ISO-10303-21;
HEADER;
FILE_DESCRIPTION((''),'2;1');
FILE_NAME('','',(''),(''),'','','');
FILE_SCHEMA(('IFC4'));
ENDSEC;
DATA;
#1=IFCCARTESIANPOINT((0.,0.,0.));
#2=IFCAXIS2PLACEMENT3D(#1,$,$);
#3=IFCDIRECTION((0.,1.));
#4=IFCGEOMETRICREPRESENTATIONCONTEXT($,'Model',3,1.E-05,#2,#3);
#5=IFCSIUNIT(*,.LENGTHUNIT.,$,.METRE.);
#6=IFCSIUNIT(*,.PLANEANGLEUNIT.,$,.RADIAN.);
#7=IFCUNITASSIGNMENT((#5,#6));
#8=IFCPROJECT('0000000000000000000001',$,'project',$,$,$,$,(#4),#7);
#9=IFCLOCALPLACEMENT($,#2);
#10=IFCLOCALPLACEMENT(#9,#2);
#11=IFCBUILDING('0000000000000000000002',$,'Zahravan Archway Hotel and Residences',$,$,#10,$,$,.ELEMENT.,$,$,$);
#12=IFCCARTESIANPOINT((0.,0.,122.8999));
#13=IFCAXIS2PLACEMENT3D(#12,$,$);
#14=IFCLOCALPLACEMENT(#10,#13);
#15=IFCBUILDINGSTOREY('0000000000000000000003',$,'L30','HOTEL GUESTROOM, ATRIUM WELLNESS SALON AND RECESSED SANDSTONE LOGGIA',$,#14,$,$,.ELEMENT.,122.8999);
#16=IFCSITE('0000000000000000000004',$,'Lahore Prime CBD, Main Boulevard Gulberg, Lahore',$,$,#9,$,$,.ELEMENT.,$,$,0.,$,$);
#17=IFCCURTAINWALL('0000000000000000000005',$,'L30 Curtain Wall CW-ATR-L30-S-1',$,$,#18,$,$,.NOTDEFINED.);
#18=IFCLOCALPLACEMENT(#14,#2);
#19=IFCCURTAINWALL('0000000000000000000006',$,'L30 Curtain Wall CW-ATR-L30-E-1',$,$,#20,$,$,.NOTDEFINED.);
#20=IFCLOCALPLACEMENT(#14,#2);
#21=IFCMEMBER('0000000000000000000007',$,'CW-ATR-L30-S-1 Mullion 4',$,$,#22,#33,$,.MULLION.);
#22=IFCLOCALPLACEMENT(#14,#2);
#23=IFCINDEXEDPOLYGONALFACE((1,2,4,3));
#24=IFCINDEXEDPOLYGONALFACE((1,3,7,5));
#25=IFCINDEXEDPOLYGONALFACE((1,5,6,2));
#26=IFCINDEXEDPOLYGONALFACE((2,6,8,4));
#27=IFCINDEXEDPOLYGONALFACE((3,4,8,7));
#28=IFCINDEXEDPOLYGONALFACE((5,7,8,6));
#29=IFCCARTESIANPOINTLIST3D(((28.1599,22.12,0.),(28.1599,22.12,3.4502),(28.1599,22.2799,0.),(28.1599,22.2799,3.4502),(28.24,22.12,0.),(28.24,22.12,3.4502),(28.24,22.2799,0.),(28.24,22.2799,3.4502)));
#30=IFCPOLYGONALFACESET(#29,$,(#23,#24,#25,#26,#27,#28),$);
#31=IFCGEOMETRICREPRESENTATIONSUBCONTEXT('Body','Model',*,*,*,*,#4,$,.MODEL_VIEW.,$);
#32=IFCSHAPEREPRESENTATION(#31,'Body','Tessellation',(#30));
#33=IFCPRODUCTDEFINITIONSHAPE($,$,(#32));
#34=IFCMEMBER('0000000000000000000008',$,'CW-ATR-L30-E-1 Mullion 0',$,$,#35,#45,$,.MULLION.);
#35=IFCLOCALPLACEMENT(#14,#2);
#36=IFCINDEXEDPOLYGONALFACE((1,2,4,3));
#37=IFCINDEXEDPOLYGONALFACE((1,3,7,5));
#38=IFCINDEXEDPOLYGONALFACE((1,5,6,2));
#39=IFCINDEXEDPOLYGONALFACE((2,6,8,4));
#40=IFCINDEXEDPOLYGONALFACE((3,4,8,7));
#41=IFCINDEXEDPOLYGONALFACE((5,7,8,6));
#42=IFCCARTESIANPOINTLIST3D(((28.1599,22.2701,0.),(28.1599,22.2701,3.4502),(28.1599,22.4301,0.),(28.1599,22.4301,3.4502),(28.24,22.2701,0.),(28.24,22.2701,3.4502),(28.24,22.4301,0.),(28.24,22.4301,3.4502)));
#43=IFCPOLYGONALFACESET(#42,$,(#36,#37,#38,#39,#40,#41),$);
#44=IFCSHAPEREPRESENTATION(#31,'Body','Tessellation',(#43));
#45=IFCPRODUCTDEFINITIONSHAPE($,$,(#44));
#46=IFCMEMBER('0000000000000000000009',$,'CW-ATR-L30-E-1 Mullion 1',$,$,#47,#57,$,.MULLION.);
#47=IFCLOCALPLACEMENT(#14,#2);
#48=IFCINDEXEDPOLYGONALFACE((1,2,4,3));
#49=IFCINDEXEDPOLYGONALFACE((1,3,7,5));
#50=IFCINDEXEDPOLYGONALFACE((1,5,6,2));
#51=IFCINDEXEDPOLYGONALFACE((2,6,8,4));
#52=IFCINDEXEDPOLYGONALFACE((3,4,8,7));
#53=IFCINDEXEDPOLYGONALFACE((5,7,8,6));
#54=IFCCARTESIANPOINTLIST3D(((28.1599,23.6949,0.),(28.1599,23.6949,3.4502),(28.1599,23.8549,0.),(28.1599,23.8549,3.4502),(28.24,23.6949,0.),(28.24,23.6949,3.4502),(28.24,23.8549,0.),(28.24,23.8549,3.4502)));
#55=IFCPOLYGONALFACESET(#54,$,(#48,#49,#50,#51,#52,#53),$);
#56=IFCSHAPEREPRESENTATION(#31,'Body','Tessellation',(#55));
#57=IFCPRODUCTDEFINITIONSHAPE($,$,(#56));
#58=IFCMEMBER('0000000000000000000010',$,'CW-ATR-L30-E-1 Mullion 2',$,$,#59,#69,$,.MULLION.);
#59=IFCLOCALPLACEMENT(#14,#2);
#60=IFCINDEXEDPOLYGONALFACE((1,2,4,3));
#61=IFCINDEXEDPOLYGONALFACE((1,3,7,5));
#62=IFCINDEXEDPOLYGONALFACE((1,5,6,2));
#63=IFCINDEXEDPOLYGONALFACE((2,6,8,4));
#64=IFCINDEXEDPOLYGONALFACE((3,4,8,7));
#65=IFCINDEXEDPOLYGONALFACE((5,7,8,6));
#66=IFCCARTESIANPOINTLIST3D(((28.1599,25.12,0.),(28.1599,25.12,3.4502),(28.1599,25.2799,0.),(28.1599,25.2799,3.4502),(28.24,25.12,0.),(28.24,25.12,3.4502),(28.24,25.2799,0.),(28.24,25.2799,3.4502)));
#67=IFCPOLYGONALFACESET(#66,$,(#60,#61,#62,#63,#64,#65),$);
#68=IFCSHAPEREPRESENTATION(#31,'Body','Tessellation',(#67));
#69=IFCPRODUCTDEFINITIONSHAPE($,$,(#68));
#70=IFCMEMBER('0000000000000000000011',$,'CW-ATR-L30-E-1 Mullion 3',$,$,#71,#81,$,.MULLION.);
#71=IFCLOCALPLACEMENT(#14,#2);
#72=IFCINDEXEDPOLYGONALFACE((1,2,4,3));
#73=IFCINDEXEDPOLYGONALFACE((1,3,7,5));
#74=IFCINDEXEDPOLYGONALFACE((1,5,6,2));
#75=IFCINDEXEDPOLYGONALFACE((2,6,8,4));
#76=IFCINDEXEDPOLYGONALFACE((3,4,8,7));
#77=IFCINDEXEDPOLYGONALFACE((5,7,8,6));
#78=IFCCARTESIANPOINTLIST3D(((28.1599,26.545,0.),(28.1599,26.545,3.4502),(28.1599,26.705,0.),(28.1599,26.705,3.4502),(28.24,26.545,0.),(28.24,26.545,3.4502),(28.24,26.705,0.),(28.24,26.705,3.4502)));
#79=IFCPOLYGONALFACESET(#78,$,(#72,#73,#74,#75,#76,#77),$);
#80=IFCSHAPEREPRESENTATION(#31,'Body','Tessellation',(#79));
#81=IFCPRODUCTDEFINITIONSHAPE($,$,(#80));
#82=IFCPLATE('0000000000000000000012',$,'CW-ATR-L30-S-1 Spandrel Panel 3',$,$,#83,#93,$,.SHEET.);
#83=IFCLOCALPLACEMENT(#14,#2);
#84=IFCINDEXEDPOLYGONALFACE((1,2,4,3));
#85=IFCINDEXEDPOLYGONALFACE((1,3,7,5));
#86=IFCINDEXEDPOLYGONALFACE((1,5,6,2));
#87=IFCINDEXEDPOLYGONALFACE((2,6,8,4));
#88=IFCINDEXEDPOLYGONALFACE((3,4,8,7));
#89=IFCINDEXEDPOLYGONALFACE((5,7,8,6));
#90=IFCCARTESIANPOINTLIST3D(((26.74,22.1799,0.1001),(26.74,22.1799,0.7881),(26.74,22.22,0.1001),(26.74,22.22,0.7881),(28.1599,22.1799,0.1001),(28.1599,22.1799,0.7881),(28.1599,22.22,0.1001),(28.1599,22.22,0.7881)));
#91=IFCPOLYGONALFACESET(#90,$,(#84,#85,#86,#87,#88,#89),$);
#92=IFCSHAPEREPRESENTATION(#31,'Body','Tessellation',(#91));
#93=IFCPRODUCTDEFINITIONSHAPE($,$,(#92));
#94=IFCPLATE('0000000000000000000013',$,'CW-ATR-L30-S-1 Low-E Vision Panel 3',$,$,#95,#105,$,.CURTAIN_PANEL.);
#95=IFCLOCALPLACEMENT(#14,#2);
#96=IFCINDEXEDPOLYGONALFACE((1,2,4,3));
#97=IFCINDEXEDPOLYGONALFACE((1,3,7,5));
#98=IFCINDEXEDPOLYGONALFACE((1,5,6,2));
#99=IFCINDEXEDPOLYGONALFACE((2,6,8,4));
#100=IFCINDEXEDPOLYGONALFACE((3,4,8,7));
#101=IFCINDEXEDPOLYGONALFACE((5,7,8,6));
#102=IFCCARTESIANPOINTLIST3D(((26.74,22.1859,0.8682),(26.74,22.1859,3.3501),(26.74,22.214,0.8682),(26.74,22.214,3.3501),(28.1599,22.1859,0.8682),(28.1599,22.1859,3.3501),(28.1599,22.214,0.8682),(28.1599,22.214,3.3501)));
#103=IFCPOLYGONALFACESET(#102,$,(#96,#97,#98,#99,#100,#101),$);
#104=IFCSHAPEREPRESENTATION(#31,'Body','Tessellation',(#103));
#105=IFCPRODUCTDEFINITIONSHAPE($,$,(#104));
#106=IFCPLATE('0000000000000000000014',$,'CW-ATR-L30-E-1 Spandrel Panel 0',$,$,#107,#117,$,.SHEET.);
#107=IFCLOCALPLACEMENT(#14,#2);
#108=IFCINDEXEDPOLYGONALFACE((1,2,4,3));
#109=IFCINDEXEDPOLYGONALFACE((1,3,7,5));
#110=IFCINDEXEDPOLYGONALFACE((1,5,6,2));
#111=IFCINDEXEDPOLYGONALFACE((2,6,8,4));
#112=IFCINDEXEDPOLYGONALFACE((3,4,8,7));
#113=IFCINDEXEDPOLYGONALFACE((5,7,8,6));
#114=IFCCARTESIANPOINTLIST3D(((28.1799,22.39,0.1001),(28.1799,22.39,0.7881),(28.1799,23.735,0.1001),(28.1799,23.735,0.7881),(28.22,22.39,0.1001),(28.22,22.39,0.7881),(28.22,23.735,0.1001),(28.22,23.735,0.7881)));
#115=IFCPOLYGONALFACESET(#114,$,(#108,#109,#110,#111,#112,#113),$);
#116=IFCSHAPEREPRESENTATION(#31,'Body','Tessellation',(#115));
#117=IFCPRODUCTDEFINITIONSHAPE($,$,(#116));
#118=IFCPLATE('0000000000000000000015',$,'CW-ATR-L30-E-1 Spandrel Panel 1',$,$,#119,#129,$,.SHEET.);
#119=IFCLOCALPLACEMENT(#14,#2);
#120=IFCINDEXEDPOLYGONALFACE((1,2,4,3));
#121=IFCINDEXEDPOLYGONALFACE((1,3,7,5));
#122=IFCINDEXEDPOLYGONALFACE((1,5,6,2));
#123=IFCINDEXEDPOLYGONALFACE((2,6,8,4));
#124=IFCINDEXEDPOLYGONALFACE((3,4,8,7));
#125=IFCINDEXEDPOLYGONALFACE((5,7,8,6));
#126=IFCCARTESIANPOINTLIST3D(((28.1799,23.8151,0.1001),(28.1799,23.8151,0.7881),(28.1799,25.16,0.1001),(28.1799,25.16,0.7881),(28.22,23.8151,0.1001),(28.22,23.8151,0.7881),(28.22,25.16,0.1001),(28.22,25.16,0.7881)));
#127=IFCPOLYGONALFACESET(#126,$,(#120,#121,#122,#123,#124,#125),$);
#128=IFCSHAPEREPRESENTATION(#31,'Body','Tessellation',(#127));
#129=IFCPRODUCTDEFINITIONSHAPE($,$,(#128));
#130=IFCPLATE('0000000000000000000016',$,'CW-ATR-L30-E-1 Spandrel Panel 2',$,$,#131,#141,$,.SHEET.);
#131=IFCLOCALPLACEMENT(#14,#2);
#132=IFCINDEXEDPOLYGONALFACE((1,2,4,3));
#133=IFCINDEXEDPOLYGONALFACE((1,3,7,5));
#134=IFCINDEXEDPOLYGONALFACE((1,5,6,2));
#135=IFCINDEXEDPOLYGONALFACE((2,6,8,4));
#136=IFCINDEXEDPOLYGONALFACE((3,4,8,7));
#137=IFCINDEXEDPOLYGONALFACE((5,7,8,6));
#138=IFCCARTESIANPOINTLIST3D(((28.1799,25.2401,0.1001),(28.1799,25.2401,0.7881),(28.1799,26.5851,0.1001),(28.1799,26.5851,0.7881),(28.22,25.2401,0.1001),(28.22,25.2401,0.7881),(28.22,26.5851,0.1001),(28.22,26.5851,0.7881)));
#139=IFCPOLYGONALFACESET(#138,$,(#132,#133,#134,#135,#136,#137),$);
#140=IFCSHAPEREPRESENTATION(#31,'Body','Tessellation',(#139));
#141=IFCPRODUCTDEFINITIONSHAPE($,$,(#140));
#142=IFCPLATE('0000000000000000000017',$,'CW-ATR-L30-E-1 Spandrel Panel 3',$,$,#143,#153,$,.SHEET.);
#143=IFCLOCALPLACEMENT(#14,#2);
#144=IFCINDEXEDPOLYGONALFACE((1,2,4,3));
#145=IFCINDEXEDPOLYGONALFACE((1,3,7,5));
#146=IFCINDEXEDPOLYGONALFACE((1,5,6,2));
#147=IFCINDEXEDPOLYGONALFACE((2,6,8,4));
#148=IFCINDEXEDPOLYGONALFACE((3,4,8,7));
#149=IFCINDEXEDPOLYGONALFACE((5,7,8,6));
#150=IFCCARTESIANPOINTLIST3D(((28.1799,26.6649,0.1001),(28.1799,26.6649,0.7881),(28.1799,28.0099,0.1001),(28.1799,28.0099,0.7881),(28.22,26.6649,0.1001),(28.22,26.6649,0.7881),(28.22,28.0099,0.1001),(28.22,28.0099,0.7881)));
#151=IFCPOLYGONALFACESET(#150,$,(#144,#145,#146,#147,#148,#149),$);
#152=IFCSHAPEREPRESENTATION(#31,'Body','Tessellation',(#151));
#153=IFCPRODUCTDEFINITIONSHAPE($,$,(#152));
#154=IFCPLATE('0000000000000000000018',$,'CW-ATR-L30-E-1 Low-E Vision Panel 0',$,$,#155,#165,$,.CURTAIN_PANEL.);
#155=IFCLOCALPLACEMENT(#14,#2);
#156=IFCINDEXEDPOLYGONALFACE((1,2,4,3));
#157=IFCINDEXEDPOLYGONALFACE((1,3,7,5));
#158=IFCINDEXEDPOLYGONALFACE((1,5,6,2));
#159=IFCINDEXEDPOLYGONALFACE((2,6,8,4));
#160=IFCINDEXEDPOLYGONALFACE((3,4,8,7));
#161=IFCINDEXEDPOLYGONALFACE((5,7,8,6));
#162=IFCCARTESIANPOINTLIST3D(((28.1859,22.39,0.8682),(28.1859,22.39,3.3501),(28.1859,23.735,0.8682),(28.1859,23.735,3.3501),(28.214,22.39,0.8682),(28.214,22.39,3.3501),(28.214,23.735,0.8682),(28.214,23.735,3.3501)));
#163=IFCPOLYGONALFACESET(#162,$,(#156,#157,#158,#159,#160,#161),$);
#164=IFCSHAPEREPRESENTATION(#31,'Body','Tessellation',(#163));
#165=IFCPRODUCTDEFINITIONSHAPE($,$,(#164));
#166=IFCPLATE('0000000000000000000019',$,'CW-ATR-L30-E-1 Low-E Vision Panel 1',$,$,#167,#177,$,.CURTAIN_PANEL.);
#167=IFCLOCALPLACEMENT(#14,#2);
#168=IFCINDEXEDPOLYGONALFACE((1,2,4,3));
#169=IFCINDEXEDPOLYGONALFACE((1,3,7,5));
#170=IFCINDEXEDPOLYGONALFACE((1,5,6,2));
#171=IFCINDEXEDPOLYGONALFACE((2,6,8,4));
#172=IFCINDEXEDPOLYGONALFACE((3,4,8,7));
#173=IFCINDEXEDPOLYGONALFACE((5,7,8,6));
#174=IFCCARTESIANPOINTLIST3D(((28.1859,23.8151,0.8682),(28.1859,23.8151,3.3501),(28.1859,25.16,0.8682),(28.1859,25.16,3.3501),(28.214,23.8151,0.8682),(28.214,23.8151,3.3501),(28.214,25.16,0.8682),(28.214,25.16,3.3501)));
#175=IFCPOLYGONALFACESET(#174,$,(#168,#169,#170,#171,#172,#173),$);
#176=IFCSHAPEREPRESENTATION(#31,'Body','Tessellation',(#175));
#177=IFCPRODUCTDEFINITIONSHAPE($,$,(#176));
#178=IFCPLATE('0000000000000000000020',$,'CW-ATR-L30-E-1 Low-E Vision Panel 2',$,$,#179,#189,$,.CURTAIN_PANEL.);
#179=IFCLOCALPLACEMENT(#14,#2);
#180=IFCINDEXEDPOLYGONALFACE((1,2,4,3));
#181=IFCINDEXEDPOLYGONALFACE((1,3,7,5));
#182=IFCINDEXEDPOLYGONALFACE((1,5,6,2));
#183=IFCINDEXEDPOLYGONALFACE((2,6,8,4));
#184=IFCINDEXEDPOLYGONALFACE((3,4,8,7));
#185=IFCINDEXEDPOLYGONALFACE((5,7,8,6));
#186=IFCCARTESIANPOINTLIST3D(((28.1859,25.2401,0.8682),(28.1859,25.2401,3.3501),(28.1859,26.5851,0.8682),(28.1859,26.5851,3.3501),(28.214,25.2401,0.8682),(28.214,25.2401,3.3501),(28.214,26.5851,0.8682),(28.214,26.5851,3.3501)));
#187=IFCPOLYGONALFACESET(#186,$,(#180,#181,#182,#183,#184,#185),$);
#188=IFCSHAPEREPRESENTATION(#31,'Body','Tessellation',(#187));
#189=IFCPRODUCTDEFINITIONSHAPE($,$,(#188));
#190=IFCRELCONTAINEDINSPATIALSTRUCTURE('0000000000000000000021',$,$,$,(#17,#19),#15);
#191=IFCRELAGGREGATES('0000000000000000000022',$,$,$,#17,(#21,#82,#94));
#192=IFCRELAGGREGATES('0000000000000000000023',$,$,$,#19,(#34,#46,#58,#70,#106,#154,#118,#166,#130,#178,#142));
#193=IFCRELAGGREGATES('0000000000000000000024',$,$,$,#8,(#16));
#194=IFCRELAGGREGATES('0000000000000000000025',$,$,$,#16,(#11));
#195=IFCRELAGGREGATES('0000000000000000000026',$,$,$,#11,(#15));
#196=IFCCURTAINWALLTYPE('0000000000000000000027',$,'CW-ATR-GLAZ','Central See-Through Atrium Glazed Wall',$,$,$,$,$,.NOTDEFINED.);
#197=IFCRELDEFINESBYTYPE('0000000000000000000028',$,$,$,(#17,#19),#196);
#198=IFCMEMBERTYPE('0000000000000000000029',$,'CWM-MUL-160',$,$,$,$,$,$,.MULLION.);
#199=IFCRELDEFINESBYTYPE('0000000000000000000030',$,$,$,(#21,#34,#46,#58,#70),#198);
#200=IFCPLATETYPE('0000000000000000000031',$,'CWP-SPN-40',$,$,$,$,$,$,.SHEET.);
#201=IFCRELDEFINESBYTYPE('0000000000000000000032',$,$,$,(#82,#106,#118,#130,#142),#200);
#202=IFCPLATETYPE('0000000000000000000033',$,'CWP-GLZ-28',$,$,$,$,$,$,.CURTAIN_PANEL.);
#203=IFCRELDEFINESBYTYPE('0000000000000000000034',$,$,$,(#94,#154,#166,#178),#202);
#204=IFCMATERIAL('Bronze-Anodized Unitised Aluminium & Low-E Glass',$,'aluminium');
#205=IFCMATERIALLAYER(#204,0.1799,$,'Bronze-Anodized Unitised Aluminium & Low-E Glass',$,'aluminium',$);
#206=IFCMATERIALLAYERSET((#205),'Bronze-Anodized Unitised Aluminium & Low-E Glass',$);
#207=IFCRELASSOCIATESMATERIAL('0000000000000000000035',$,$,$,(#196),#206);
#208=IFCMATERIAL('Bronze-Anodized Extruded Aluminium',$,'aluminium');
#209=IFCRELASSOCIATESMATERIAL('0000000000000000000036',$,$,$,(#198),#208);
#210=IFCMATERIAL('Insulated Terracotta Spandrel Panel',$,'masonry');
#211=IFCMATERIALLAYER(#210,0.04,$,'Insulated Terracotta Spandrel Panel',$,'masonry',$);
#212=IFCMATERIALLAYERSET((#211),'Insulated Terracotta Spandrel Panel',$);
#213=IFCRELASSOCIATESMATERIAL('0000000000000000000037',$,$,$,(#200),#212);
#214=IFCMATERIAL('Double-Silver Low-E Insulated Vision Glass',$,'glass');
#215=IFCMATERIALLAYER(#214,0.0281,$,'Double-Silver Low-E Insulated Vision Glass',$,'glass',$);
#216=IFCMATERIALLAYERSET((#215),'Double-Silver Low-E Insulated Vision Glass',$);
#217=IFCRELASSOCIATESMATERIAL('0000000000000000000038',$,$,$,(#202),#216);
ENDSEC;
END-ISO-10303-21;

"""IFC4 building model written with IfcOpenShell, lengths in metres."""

from ifc_helpers import new_model, si_unit, direction, frame, origin, origin_2d, place, context, subcontext, project, spatial, rectangle, extrude, source, transform, mapped, material, layer, layer_set, material_profile, profile_set, type_object, element, aggregate, save


model = new_model("IFC4")

# Units and contexts
model_context = context("Model", 3, precision=1e-05, world=origin(), true_north=direction((0.0, 1.0)))
body_context = subcontext(model_context, "Body", "Model", "MODEL_VIEW")
ifc_project = project(units=[si_unit("LENGTHUNIT", "METRE"), si_unit("PLANEANGLEUNIT", "RADIAN")], contexts=[model_context])

# Site, building, storey
site_placement = place(None, origin())
site = spatial("IfcSite", under=ifc_project, at=site_placement, Name="Lahore Prime CBD, Main Boulevard Gulberg, Lahore", CompositionType="ELEMENT", RefElevation=0.0)
building_placement = place(site_placement, origin())
building = spatial("IfcBuilding", under=site, at=building_placement, Name="Zahravan Archway Hotel and Residences", CompositionType="ELEMENT")
storey_placement = place(building_placement, frame((0.0, 0.0, 122.8999)))
storey = spatial("IfcBuildingStorey", under=building, at=storey_placement, Name="L30", Description="HOTEL GUESTROOM, ATRIUM WELLNESS SALON AND RECESSED SANDSTONE LOGGIA", CompositionType="ELEMENT", Elevation=122.8999)

# Curtain walls
ifc_material_1 = material(Name="Bronze-Anodized Unitised Aluminium & Low-E Glass", Category="aluminium")
ifc_layer_1 = layer(ifc_material_1, 0.1799, Name="Bronze-Anodized Unitised Aluminium & Low-E Glass", Category="aluminium")
ifc_layer_set_1 = layer_set([ifc_layer_1], Name="Bronze-Anodized Unitised Aluminium & Low-E Glass")
curtain_wall_type = type_object("IfcCurtainWallType", Name="CW-ATR-GLAZ", Description="Central See-Through Atrium Glazed Wall", PredefinedType="NOTDEFINED", material=ifc_layer_set_1)
curtain_wall_1_placement = place(storey_placement, origin())
curtain_wall_1 = element("IfcCurtainWall", 1, at=curtain_wall_1_placement, inside=storey, type_object=curtain_wall_type, Name="L30 Curtain Wall CW-ATR-L30-S-1", PredefinedType="NOTDEFINED")
ifc_material_2 = material(Name="Bronze-Anodized Extruded Aluminium", Category="aluminium")
curtain_wall_2_placement = place(storey_placement, origin())
curtain_wall_2 = element("IfcCurtainWall", 2, at=curtain_wall_2_placement, inside=storey, type_object=curtain_wall_type, Name="L30 Curtain Wall CW-ATR-L30-E-1", PredefinedType="NOTDEFINED")

# Members
ifc_material_profile_1 = material_profile(ifc_material_2, rectangle(XDim=0.0801, YDim=0.1599, at=origin_2d()), Name="MUL 80x160", Category="aluminium")
ifc_profile_set_1 = profile_set([ifc_material_profile_1], Name="Bronze-Anodized Extruded Aluminium")
member_type_1 = type_object("IfcMemberType", Name="CWM-MUL-160", PredefinedType="MULLION", material=ifc_profile_set_1)
shared_shape_1 = source(origin(), body_context, "Body", "SweptSolid", [
    extrude(rectangle(XDim=0.0801, YDim=0.1599, at=origin_2d()), origin(), (0.0, 0.0, 1.0), 3.4502),
])
member_1_placement = place(storey_placement, frame((28.2, 22.2, 0.0), z_axis=(0.0, 0.0, 1.0), x_axis=(1.0, 0.0, 0.0)))
member_1 = element("IfcMember", 3, at=member_1_placement, type_object=member_type_1, Name="CW-ATR-L30-S-1 Mullion 4", PredefinedType="MULLION", context=body_context, shape_type="MappedRepresentation", body=[
    mapped(shared_shape_1, transform((0.0, 0.0, 0.0), scale=1.0)),
])
member_2_placement = place(storey_placement, frame((28.2, 22.3501, 0.0), z_axis=(0.0, 0.0, 1.0), x_axis=(1.0, 0.0, 0.0)))
member_2 = element("IfcMember", 4, at=member_2_placement, type_object=member_type_1, Name="CW-ATR-L30-E-1 Mullion 0", PredefinedType="MULLION", context=body_context, shape_type="MappedRepresentation", body=[
    mapped(shared_shape_1, transform((0.0, 0.0, 0.0), scale=1.0)),
])
member_3_placement = place(storey_placement, frame((28.2, 23.7749, 0.0), z_axis=(0.0, 0.0, 1.0), x_axis=(1.0, 0.0, 0.0)))
member_3 = element("IfcMember", 5, at=member_3_placement, type_object=member_type_1, Name="CW-ATR-L30-E-1 Mullion 1", PredefinedType="MULLION", context=body_context, shape_type="MappedRepresentation", body=[
    mapped(shared_shape_1, transform((0.0, 0.0, 0.0), scale=1.0)),
])
member_4_placement = place(storey_placement, frame((28.2, 25.2, 0.0), z_axis=(0.0, 0.0, 1.0), x_axis=(1.0, 0.0, 0.0)))
member_4 = element("IfcMember", 6, at=member_4_placement, type_object=member_type_1, Name="CW-ATR-L30-E-1 Mullion 2", PredefinedType="MULLION", context=body_context, shape_type="MappedRepresentation", body=[
    mapped(shared_shape_1, transform((0.0, 0.0, 0.0), scale=1.0)),
])
member_5_placement = place(storey_placement, frame((28.2, 26.625, 0.0), z_axis=(0.0, 0.0, 1.0), x_axis=(1.0, 0.0, 0.0)))
member_5 = element("IfcMember", 7, at=member_5_placement, type_object=member_type_1, Name="CW-ATR-L30-E-1 Mullion 3", PredefinedType="MULLION", context=body_context, shape_type="MappedRepresentation", body=[
    mapped(shared_shape_1, transform((0.0, 0.0, 0.0), scale=1.0)),
])

# Plates
ifc_material_3 = material(Name="Insulated Terracotta Spandrel Panel", Category="masonry")
ifc_layer_2 = layer(ifc_material_3, 0.04, Name="Insulated Terracotta Spandrel Panel", Category="masonry")
ifc_layer_set_2 = layer_set([ifc_layer_2], Name="Insulated Terracotta Spandrel Panel")
plate_type_1 = type_object("IfcPlateType", Name="CWP-SPN-40", PredefinedType="SHEET", material=ifc_layer_set_2)
shared_shape_2 = source(origin(), body_context, "Body", "SweptSolid", [
    extrude(rectangle(XDim=1.4199, YDim=0.04, at=origin_2d()), origin(), (0.0, 0.0, 1.0), 0.688),
])
plate_1_placement = place(storey_placement, frame((27.45, 22.2, 0.1001), z_axis=(0.0, 0.0, 1.0), x_axis=(1.0, 0.0, 0.0)))
plate_1 = element("IfcPlate", 8, at=plate_1_placement, type_object=plate_type_1, Name="CW-ATR-L30-S-1 Spandrel Panel 3", PredefinedType="SHEET", context=body_context, shape_type="MappedRepresentation", body=[
    mapped(shared_shape_2, transform((0.0, 0.0, 0.0), scale=1.0)),
])
ifc_material_4 = material(Name="Double-Silver Low-E Insulated Vision Glass", Category="glass")
ifc_layer_3 = layer(ifc_material_4, 0.0281, Name="Double-Silver Low-E Insulated Vision Glass", Category="glass")
ifc_layer_set_3 = layer_set([ifc_layer_3], Name="Double-Silver Low-E Insulated Vision Glass")
plate_type_2 = type_object("IfcPlateType", Name="CWP-GLZ-28", PredefinedType="CURTAIN_PANEL", material=ifc_layer_set_3)
shared_shape_3 = source(origin(), body_context, "Body", "SweptSolid", [
    extrude(rectangle(XDim=1.4199, YDim=0.0281, at=origin_2d()), origin(), (0.0, 0.0, 1.0), 2.4819),
])
plate_2_placement = place(storey_placement, frame((27.45, 22.2, 0.8682), z_axis=(0.0, 0.0, 1.0), x_axis=(1.0, 0.0, 0.0)))
plate_2 = element("IfcPlate", 9, at=plate_2_placement, type_object=plate_type_2, Name="CW-ATR-L30-S-1 Low-E Vision Panel 3", PredefinedType="CURTAIN_PANEL", context=body_context, shape_type="MappedRepresentation", body=[
    mapped(shared_shape_3, transform((0.0, 0.0, 0.0), scale=1.0)),
])
aggregate(curtain_wall_1, [member_1, plate_1, plate_2])
shared_shape_4 = source(origin(), body_context, "Body", "SweptSolid", [
    extrude(rectangle(XDim=1.345, YDim=0.04, at=origin_2d()), origin(), (0.0, 0.0, 1.0), 0.688),
])
plate_3_placement = place(storey_placement, frame((28.2, 23.0625, 0.1001), z_axis=(0.0, 0.0, 1.0), x_axis=(0.0, 1.0, 0.0)))
plate_3 = element("IfcPlate", 10, at=plate_3_placement, type_object=plate_type_1, Name="CW-ATR-L30-E-1 Spandrel Panel 0", PredefinedType="SHEET", context=body_context, shape_type="MappedRepresentation", body=[
    mapped(shared_shape_4, transform((0.0, 0.0, 0.0), scale=1.0)),
])
plate_4_placement = place(storey_placement, frame((28.2, 24.4875, 0.1001), z_axis=(0.0, 0.0, 1.0), x_axis=(0.0, 1.0, 0.0)))
plate_4 = element("IfcPlate", 11, at=plate_4_placement, type_object=plate_type_1, Name="CW-ATR-L30-E-1 Spandrel Panel 1", PredefinedType="SHEET", context=body_context, shape_type="MappedRepresentation", body=[
    mapped(shared_shape_4, transform((0.0, 0.0, 0.0), scale=1.0)),
])
plate_5_placement = place(storey_placement, frame((28.2, 25.9126, 0.1001), z_axis=(0.0, 0.0, 1.0), x_axis=(0.0, 1.0, 0.0)))
plate_5 = element("IfcPlate", 12, at=plate_5_placement, type_object=plate_type_1, Name="CW-ATR-L30-E-1 Spandrel Panel 2", PredefinedType="SHEET", context=body_context, shape_type="MappedRepresentation", body=[
    mapped(shared_shape_4, transform((0.0, 0.0, 0.0), scale=1.0)),
])
plate_6_placement = place(storey_placement, frame((28.2, 27.3374, 0.1001), z_axis=(0.0, 0.0, 1.0), x_axis=(0.0, 1.0, 0.0)))
plate_6 = element("IfcPlate", 13, at=plate_6_placement, type_object=plate_type_1, Name="CW-ATR-L30-E-1 Spandrel Panel 3", PredefinedType="SHEET", context=body_context, shape_type="MappedRepresentation", body=[
    mapped(shared_shape_4, transform((0.0, 0.0, 0.0), scale=1.0)),
])
shared_shape_5 = source(origin(), body_context, "Body", "SweptSolid", [
    extrude(rectangle(XDim=1.345, YDim=0.0281, at=origin_2d()), origin(), (0.0, 0.0, 1.0), 2.4819),
])
plate_7_placement = place(storey_placement, frame((28.2, 23.0625, 0.8682), z_axis=(0.0, 0.0, 1.0), x_axis=(0.0, 1.0, 0.0)))
plate_7 = element("IfcPlate", 14, at=plate_7_placement, type_object=plate_type_2, Name="CW-ATR-L30-E-1 Low-E Vision Panel 0", PredefinedType="CURTAIN_PANEL", context=body_context, shape_type="MappedRepresentation", body=[
    mapped(shared_shape_5, transform((0.0, 0.0, 0.0), scale=1.0)),
])
plate_8_placement = place(storey_placement, frame((28.2, 24.4875, 0.8682), z_axis=(0.0, 0.0, 1.0), x_axis=(0.0, 1.0, 0.0)))
plate_8 = element("IfcPlate", 15, at=plate_8_placement, type_object=plate_type_2, Name="CW-ATR-L30-E-1 Low-E Vision Panel 1", PredefinedType="CURTAIN_PANEL", context=body_context, shape_type="MappedRepresentation", body=[
    mapped(shared_shape_5, transform((0.0, 0.0, 0.0), scale=1.0)),
])
plate_9_placement = place(storey_placement, frame((28.2, 25.9126, 0.8682), z_axis=(0.0, 0.0, 1.0), x_axis=(0.0, 1.0, 0.0)))
plate_9 = element("IfcPlate", 16, at=plate_9_placement, type_object=plate_type_2, Name="CW-ATR-L30-E-1 Low-E Vision Panel 2", PredefinedType="CURTAIN_PANEL", context=body_context, shape_type="MappedRepresentation", body=[
    mapped(shared_shape_5, transform((0.0, 0.0, 0.0), scale=1.0)),
])
aggregate(curtain_wall_2, [member_2, member_3, member_4, member_5, plate_3, plate_7, plate_4, plate_8, plate_5, plate_9, plate_6])

save(model, "model.ifc")
